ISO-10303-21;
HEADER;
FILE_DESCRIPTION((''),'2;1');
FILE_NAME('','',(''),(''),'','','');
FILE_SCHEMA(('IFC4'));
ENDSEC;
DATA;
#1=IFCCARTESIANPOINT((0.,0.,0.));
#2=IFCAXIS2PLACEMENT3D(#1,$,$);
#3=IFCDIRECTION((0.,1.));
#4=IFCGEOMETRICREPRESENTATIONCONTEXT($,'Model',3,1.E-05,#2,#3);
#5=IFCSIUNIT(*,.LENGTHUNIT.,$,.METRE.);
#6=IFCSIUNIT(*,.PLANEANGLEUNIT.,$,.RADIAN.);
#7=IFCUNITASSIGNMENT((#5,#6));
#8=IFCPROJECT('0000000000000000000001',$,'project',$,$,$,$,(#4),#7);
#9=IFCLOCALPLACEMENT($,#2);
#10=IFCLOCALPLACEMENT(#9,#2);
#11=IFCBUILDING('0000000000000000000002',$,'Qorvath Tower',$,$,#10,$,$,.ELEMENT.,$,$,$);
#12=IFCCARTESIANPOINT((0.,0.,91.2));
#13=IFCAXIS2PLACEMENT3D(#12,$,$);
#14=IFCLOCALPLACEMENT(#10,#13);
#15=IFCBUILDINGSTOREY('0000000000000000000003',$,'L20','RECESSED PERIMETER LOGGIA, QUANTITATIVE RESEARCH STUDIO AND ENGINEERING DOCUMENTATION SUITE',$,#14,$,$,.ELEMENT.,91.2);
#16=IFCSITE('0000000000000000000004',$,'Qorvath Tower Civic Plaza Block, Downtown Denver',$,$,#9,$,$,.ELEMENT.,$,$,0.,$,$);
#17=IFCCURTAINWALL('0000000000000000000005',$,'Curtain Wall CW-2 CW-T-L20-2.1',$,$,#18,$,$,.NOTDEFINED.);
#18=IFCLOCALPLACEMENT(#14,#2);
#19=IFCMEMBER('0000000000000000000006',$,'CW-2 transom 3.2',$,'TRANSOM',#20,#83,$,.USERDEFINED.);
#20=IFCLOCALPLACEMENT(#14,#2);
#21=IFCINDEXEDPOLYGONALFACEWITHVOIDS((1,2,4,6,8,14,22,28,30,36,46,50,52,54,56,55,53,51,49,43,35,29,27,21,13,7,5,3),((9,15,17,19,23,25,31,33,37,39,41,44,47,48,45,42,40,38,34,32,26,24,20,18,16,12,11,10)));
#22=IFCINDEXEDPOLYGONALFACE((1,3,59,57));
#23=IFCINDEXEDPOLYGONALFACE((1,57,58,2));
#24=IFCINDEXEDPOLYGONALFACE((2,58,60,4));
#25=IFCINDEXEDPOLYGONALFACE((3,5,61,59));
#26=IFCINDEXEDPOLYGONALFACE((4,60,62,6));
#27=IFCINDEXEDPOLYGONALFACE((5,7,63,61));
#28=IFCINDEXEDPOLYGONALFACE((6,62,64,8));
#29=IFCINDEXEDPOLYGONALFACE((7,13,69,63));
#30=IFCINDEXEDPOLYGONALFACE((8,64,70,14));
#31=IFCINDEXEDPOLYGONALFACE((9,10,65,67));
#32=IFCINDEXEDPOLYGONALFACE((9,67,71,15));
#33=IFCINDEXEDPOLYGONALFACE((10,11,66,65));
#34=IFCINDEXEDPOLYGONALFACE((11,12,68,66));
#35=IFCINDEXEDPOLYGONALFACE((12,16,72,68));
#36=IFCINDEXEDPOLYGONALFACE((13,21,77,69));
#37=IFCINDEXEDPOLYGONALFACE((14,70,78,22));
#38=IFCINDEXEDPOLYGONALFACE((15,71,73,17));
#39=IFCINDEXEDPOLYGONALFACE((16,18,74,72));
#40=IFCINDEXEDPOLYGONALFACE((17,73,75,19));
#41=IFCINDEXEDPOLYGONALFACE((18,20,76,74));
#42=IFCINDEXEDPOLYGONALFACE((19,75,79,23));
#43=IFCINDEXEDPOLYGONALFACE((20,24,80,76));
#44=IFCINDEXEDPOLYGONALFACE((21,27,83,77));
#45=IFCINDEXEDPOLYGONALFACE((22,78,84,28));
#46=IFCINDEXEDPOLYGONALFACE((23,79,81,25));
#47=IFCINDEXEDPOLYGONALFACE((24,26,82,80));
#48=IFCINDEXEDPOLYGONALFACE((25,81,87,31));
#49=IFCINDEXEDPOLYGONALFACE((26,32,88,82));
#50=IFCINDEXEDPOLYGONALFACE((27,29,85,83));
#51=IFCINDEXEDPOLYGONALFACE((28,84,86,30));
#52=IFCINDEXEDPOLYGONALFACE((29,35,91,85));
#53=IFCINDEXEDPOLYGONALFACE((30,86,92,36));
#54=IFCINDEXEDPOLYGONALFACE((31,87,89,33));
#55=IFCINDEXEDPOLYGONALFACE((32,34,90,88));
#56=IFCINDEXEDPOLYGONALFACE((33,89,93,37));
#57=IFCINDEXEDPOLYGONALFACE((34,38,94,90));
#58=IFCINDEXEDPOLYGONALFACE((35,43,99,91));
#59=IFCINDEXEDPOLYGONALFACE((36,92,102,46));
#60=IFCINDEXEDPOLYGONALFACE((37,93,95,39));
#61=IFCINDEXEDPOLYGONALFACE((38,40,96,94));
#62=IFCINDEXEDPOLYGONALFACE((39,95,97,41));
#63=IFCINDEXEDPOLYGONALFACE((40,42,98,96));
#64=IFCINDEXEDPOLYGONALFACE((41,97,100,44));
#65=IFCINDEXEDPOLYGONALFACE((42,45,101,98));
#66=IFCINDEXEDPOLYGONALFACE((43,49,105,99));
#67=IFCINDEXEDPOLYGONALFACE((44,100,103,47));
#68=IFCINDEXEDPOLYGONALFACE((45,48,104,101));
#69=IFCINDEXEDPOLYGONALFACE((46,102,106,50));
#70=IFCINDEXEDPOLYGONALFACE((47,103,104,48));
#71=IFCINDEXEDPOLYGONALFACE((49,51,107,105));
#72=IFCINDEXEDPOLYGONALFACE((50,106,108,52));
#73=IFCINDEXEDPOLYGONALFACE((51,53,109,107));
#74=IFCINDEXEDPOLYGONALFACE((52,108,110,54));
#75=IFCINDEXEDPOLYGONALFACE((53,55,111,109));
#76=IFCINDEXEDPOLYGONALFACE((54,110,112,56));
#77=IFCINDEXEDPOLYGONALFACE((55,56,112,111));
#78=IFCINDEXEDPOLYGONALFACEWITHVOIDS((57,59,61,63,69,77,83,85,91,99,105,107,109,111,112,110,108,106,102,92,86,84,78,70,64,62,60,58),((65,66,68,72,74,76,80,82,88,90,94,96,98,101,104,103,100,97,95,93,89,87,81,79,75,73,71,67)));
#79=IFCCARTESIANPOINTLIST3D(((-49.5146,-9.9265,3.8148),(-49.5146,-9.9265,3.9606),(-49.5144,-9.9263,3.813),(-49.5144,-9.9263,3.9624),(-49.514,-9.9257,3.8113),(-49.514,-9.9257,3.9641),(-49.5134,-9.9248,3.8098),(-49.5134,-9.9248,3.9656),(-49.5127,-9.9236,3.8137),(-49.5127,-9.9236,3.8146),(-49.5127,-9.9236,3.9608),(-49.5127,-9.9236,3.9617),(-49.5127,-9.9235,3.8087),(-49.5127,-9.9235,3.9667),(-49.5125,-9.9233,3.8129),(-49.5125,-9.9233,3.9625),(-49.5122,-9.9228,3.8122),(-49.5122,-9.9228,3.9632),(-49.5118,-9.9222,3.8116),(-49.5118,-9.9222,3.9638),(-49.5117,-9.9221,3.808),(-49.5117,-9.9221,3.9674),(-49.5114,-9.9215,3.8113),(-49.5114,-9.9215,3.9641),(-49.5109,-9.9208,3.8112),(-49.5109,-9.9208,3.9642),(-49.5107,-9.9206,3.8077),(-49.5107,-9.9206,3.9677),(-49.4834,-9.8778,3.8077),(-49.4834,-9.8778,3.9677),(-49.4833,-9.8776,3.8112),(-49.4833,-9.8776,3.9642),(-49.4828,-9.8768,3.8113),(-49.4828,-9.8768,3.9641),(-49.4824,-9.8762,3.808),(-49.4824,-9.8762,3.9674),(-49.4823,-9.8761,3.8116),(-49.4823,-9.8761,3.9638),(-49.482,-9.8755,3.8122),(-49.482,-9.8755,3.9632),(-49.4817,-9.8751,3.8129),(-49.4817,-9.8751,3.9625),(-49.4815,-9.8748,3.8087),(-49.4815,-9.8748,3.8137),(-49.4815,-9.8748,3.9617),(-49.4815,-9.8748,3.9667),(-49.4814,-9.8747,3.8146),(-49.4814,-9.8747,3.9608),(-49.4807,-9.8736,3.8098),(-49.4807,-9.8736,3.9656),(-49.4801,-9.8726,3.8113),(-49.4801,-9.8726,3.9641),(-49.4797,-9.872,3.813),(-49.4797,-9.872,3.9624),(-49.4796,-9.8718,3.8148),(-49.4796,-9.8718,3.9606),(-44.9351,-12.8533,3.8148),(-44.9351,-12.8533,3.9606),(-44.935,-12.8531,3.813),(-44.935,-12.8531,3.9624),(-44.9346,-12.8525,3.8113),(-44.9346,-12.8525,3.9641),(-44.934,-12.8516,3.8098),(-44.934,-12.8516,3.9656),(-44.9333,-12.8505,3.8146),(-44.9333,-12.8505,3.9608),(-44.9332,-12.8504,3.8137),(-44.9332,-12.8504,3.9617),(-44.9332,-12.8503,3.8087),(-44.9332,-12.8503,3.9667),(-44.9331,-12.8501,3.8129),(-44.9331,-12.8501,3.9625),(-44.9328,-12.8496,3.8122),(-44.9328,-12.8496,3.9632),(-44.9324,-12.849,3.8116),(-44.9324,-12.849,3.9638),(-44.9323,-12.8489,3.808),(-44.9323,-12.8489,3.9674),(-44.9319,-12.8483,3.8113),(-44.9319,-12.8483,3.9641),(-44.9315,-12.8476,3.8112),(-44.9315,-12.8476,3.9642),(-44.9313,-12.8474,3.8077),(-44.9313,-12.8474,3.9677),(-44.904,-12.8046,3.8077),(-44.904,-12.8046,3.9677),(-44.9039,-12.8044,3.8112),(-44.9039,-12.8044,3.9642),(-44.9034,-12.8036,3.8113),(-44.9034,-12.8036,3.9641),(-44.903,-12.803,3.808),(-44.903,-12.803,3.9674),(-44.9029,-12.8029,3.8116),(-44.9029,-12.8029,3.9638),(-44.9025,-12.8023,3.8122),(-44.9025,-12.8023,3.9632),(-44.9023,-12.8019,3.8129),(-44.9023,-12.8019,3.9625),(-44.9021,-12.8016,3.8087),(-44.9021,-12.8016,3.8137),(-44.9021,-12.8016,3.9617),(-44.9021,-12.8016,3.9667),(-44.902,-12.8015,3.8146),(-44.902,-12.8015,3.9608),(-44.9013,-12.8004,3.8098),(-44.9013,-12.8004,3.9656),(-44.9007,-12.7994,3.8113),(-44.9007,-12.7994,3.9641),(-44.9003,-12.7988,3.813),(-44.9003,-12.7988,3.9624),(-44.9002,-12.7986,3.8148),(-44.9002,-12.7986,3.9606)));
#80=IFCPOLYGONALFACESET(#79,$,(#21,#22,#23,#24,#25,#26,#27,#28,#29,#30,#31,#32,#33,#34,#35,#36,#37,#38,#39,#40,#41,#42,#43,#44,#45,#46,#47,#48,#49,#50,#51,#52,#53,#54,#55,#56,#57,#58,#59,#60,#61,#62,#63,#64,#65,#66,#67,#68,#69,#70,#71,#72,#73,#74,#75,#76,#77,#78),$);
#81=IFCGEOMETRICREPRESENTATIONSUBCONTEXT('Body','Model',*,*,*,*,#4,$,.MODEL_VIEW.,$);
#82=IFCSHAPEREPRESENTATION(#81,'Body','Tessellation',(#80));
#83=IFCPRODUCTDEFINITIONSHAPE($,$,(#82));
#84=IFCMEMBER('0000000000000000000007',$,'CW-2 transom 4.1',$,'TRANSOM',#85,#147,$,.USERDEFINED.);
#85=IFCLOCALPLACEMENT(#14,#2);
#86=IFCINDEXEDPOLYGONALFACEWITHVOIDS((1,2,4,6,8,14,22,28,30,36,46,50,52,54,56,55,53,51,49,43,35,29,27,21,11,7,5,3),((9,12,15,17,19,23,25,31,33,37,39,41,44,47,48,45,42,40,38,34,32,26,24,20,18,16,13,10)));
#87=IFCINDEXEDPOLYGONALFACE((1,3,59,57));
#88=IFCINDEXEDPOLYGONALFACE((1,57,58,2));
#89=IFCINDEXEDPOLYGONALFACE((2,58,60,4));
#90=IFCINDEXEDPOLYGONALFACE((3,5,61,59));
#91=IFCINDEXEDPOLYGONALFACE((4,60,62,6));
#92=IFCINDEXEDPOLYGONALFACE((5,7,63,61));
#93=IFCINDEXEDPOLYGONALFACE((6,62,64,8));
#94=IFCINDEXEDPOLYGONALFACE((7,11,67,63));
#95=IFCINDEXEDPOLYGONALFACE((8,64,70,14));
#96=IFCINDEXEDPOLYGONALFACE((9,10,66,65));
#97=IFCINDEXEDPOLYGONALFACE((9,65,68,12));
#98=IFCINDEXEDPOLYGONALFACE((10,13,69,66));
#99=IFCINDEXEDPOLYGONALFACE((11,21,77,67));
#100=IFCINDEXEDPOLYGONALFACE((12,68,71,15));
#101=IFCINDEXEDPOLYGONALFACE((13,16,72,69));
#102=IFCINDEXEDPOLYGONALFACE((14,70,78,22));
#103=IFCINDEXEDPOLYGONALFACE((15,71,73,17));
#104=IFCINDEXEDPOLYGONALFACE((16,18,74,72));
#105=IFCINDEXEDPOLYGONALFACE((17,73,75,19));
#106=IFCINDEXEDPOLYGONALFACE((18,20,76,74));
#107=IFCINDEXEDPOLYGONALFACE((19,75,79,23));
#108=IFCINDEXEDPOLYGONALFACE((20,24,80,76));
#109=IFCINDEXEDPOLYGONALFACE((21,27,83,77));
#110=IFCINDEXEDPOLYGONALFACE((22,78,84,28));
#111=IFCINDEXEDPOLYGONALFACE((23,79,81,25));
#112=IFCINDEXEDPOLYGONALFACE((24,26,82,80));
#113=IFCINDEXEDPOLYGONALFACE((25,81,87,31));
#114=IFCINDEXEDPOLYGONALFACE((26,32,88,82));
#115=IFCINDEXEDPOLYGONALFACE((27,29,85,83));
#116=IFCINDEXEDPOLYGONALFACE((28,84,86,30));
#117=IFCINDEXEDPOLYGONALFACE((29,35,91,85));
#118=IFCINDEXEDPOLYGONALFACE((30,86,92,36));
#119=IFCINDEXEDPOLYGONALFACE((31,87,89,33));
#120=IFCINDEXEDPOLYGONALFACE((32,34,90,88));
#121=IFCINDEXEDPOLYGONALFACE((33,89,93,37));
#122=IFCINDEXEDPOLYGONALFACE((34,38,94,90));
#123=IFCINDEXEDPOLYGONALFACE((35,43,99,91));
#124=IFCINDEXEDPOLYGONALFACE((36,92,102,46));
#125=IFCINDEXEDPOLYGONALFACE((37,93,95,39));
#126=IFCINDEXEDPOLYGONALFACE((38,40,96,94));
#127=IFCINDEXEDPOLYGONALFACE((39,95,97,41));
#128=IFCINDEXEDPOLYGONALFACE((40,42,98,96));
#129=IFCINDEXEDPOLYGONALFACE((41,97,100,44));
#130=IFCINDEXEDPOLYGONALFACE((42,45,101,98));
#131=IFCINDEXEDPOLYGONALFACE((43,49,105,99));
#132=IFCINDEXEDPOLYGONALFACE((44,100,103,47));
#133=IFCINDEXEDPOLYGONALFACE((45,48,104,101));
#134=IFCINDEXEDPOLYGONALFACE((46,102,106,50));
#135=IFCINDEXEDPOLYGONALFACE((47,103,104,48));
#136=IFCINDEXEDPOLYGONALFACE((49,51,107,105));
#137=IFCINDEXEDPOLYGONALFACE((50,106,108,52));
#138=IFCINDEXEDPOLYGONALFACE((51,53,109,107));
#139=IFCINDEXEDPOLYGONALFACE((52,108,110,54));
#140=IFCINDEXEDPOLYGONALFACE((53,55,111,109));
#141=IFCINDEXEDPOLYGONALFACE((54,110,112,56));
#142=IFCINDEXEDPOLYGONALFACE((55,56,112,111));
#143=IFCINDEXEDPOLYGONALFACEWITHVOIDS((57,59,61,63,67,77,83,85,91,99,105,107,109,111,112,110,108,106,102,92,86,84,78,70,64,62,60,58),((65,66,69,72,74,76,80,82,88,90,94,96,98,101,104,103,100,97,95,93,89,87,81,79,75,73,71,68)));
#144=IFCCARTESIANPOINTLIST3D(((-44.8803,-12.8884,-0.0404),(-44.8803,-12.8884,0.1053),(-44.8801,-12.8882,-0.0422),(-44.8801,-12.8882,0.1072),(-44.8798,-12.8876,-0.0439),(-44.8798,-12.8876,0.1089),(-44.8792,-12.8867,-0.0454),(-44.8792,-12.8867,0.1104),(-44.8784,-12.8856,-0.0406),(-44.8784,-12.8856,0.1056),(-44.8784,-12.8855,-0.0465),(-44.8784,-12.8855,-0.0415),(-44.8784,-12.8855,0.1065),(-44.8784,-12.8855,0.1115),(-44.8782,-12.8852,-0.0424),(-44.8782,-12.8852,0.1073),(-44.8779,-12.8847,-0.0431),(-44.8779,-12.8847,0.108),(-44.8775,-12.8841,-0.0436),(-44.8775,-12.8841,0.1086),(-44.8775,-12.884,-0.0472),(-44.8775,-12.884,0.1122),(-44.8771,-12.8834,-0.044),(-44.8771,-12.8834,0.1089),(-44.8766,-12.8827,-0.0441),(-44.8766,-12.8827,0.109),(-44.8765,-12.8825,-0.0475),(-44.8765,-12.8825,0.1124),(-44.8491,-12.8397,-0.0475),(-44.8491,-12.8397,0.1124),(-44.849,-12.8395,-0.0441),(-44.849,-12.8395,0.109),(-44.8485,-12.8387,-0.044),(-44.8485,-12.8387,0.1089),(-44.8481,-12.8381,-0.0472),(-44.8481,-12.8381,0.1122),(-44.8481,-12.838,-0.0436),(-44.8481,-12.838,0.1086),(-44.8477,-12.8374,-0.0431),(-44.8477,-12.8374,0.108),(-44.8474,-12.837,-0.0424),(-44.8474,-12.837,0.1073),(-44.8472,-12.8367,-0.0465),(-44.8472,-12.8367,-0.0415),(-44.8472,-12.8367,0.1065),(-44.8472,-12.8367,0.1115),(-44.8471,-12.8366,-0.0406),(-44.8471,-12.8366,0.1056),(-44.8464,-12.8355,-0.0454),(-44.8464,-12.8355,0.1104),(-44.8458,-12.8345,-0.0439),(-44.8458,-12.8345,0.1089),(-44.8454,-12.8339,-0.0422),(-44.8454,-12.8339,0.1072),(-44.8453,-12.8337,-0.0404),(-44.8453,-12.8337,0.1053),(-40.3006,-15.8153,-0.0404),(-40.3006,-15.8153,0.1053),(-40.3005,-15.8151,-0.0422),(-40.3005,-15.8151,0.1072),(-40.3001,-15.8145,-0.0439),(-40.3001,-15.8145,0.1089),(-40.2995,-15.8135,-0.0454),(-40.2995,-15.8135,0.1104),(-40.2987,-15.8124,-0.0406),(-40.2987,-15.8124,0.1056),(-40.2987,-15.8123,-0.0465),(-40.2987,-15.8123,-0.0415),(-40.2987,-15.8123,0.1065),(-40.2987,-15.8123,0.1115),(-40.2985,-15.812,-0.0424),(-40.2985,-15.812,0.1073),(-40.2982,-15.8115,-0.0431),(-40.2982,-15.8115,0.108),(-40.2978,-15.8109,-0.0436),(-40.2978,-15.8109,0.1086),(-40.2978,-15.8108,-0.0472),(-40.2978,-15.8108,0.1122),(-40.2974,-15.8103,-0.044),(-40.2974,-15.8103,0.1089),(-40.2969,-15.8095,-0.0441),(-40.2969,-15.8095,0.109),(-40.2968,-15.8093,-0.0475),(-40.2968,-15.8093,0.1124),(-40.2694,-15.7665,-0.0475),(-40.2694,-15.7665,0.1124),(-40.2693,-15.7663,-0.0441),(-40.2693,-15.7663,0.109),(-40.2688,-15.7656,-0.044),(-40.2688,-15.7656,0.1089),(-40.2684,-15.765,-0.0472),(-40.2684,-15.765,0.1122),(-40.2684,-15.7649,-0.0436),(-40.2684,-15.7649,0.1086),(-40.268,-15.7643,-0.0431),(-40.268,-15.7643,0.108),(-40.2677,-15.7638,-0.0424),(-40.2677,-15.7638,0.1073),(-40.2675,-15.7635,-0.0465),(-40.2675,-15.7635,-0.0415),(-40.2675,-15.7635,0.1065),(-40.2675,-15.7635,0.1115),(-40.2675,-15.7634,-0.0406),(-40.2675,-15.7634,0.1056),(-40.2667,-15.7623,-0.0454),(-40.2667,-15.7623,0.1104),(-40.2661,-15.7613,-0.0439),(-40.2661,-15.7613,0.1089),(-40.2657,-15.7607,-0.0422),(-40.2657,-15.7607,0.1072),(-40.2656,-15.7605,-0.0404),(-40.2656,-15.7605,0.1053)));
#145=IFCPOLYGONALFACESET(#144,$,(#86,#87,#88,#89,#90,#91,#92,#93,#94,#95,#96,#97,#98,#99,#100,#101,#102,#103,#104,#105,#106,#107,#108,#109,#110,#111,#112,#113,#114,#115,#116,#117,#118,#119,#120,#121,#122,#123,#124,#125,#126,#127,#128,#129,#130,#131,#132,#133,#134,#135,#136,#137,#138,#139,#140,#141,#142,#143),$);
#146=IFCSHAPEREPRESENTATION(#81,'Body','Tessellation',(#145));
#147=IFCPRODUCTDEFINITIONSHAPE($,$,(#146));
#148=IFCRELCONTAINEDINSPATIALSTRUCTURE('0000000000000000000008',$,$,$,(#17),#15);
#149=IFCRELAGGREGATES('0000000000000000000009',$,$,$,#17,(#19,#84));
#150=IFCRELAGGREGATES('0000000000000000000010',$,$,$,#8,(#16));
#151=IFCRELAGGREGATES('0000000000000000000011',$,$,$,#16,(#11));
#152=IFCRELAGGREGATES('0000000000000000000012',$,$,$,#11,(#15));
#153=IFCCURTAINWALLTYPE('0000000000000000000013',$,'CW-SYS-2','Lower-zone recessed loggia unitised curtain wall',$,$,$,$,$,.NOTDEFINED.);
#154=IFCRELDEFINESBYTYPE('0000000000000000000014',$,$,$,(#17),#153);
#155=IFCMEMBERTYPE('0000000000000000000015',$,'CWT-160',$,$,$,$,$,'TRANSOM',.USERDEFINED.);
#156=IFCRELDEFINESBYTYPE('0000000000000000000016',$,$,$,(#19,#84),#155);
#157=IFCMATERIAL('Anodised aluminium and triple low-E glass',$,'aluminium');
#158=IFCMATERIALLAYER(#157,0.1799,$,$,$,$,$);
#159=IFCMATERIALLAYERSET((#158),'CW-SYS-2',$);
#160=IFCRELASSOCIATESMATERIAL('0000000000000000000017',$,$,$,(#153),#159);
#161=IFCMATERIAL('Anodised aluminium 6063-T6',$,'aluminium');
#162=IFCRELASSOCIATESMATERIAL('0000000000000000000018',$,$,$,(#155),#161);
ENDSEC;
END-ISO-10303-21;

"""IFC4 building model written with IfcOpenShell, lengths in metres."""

from ifc_helpers import new_model, si_unit, direction, frame, origin, origin_2d, place, context, subcontext, project, spatial, hollow_rectangle, extrude, material, layer, layer_set, material_profile, profile_set, type_object, element, aggregate, save


model = new_model("IFC4")

# Units and contexts
model_context = context("Model", 3, precision=1e-05, world=origin(), true_north=direction((0.0, 1.0)))
body_context = subcontext(model_context, "Body", "Model", "MODEL_VIEW")
ifc_project = project(units=[si_unit("LENGTHUNIT", "METRE"), si_unit("PLANEANGLEUNIT", "RADIAN")], contexts=[model_context])

# Site, building, storey
site_placement = place(None, origin())
site = spatial("IfcSite", under=ifc_project, at=site_placement, Name="Qorvath Tower Civic Plaza Block, Downtown Denver", CompositionType="ELEMENT", RefElevation=0.0)
building_placement = place(site_placement, origin())
building = spatial("IfcBuilding", under=site, at=building_placement, Name="Qorvath Tower", CompositionType="ELEMENT")
storey_placement = place(building_placement, frame((0.0, 0.0, 91.2)))
storey = spatial("IfcBuildingStorey", under=building, at=storey_placement, Name="L20", Description="RECESSED PERIMETER LOGGIA, QUANTITATIVE RESEARCH STUDIO AND ENGINEERING DOCUMENTATION SUITE", CompositionType="ELEMENT", Elevation=91.2)

# Curtain wall, members
ifc_material_1 = material(Name="Anodised aluminium and triple low-E glass", Category="aluminium")
ifc_layer_1 = layer(ifc_material_1, 0.1799)
ifc_layer_set_1 = layer_set([ifc_layer_1], Name="CW-SYS-2")
curtain_wall_type = type_object("IfcCurtainWallType", Name="CW-SYS-2", Description="Lower-zone recessed loggia unitised curtain wall", PredefinedType="NOTDEFINED", material=ifc_layer_set_1)
curtain_wall_placement = place(storey_placement, origin())
curtain_wall = element("IfcCurtainWall", 1, at=curtain_wall_placement, inside=storey, type_object=curtain_wall_type, Name="Curtain Wall CW-2 CW-T-L20-2.1", PredefinedType="NOTDEFINED")
ifc_material_2 = material(Name="Anodised aluminium 6063-T6", Category="aluminium")
ifc_material_profile_1 = material_profile(ifc_material_2, hollow_rectangle(XDim=0.0649, YDim=0.1599, WallThickness=0.0034, InnerFilletRadius=0.0034, OuterFilletRadius=0.0071, at=origin_2d()), Name="CWT 160x65")
ifc_profile_set_1 = profile_set([ifc_material_profile_1], Name="Anodised aluminium 6063-T6")
member_type_1 = type_object("IfcMemberType", Name="CWT-160", ElementType="TRANSOM", PredefinedType="USERDEFINED", material=ifc_profile_set_1)
member_1_placement = place(storey_placement, frame((-49.4971, -9.8992, 3.8877), z_axis=(0.842607, -0.538528, 0.0), x_axis=(0.538528, 0.842607, 0.0)))
member_1 = element("IfcMember", 2, at=member_1_placement, type_object=member_type_1, Name="CW-2 transom 3.2", ObjectType="TRANSOM", PredefinedType="USERDEFINED", context=body_context, shape_type="SweptSolid", body=[
    extrude(hollow_rectangle(XDim=0.0649, YDim=0.1599, WallThickness=0.0034, InnerFilletRadius=0.0034, OuterFilletRadius=0.0071, at=origin_2d()), origin(), (0.0, 0.0, 1.0), 5.4348),
])
member_2_placement = place(storey_placement, frame((-44.8628, -12.8611, 0.0325), z_axis=(0.84262, -0.538508, 0.0), x_axis=(0.538508, 0.84262, 0.0)))
member_2 = element("IfcMember", 3, at=member_2_placement, type_object=member_type_1, Name="CW-2 transom 4.1", ObjectType="TRANSOM", PredefinedType="USERDEFINED", context=body_context, shape_type="SweptSolid", body=[
    extrude(hollow_rectangle(XDim=0.0649, YDim=0.1599, WallThickness=0.0034, InnerFilletRadius=0.0034, OuterFilletRadius=0.0071, at=origin_2d()), origin(), (0.0, 0.0, 1.0), 5.4351),
])
aggregate(curtain_wall, [member_1, member_2])

save(model, "model.ifc")
